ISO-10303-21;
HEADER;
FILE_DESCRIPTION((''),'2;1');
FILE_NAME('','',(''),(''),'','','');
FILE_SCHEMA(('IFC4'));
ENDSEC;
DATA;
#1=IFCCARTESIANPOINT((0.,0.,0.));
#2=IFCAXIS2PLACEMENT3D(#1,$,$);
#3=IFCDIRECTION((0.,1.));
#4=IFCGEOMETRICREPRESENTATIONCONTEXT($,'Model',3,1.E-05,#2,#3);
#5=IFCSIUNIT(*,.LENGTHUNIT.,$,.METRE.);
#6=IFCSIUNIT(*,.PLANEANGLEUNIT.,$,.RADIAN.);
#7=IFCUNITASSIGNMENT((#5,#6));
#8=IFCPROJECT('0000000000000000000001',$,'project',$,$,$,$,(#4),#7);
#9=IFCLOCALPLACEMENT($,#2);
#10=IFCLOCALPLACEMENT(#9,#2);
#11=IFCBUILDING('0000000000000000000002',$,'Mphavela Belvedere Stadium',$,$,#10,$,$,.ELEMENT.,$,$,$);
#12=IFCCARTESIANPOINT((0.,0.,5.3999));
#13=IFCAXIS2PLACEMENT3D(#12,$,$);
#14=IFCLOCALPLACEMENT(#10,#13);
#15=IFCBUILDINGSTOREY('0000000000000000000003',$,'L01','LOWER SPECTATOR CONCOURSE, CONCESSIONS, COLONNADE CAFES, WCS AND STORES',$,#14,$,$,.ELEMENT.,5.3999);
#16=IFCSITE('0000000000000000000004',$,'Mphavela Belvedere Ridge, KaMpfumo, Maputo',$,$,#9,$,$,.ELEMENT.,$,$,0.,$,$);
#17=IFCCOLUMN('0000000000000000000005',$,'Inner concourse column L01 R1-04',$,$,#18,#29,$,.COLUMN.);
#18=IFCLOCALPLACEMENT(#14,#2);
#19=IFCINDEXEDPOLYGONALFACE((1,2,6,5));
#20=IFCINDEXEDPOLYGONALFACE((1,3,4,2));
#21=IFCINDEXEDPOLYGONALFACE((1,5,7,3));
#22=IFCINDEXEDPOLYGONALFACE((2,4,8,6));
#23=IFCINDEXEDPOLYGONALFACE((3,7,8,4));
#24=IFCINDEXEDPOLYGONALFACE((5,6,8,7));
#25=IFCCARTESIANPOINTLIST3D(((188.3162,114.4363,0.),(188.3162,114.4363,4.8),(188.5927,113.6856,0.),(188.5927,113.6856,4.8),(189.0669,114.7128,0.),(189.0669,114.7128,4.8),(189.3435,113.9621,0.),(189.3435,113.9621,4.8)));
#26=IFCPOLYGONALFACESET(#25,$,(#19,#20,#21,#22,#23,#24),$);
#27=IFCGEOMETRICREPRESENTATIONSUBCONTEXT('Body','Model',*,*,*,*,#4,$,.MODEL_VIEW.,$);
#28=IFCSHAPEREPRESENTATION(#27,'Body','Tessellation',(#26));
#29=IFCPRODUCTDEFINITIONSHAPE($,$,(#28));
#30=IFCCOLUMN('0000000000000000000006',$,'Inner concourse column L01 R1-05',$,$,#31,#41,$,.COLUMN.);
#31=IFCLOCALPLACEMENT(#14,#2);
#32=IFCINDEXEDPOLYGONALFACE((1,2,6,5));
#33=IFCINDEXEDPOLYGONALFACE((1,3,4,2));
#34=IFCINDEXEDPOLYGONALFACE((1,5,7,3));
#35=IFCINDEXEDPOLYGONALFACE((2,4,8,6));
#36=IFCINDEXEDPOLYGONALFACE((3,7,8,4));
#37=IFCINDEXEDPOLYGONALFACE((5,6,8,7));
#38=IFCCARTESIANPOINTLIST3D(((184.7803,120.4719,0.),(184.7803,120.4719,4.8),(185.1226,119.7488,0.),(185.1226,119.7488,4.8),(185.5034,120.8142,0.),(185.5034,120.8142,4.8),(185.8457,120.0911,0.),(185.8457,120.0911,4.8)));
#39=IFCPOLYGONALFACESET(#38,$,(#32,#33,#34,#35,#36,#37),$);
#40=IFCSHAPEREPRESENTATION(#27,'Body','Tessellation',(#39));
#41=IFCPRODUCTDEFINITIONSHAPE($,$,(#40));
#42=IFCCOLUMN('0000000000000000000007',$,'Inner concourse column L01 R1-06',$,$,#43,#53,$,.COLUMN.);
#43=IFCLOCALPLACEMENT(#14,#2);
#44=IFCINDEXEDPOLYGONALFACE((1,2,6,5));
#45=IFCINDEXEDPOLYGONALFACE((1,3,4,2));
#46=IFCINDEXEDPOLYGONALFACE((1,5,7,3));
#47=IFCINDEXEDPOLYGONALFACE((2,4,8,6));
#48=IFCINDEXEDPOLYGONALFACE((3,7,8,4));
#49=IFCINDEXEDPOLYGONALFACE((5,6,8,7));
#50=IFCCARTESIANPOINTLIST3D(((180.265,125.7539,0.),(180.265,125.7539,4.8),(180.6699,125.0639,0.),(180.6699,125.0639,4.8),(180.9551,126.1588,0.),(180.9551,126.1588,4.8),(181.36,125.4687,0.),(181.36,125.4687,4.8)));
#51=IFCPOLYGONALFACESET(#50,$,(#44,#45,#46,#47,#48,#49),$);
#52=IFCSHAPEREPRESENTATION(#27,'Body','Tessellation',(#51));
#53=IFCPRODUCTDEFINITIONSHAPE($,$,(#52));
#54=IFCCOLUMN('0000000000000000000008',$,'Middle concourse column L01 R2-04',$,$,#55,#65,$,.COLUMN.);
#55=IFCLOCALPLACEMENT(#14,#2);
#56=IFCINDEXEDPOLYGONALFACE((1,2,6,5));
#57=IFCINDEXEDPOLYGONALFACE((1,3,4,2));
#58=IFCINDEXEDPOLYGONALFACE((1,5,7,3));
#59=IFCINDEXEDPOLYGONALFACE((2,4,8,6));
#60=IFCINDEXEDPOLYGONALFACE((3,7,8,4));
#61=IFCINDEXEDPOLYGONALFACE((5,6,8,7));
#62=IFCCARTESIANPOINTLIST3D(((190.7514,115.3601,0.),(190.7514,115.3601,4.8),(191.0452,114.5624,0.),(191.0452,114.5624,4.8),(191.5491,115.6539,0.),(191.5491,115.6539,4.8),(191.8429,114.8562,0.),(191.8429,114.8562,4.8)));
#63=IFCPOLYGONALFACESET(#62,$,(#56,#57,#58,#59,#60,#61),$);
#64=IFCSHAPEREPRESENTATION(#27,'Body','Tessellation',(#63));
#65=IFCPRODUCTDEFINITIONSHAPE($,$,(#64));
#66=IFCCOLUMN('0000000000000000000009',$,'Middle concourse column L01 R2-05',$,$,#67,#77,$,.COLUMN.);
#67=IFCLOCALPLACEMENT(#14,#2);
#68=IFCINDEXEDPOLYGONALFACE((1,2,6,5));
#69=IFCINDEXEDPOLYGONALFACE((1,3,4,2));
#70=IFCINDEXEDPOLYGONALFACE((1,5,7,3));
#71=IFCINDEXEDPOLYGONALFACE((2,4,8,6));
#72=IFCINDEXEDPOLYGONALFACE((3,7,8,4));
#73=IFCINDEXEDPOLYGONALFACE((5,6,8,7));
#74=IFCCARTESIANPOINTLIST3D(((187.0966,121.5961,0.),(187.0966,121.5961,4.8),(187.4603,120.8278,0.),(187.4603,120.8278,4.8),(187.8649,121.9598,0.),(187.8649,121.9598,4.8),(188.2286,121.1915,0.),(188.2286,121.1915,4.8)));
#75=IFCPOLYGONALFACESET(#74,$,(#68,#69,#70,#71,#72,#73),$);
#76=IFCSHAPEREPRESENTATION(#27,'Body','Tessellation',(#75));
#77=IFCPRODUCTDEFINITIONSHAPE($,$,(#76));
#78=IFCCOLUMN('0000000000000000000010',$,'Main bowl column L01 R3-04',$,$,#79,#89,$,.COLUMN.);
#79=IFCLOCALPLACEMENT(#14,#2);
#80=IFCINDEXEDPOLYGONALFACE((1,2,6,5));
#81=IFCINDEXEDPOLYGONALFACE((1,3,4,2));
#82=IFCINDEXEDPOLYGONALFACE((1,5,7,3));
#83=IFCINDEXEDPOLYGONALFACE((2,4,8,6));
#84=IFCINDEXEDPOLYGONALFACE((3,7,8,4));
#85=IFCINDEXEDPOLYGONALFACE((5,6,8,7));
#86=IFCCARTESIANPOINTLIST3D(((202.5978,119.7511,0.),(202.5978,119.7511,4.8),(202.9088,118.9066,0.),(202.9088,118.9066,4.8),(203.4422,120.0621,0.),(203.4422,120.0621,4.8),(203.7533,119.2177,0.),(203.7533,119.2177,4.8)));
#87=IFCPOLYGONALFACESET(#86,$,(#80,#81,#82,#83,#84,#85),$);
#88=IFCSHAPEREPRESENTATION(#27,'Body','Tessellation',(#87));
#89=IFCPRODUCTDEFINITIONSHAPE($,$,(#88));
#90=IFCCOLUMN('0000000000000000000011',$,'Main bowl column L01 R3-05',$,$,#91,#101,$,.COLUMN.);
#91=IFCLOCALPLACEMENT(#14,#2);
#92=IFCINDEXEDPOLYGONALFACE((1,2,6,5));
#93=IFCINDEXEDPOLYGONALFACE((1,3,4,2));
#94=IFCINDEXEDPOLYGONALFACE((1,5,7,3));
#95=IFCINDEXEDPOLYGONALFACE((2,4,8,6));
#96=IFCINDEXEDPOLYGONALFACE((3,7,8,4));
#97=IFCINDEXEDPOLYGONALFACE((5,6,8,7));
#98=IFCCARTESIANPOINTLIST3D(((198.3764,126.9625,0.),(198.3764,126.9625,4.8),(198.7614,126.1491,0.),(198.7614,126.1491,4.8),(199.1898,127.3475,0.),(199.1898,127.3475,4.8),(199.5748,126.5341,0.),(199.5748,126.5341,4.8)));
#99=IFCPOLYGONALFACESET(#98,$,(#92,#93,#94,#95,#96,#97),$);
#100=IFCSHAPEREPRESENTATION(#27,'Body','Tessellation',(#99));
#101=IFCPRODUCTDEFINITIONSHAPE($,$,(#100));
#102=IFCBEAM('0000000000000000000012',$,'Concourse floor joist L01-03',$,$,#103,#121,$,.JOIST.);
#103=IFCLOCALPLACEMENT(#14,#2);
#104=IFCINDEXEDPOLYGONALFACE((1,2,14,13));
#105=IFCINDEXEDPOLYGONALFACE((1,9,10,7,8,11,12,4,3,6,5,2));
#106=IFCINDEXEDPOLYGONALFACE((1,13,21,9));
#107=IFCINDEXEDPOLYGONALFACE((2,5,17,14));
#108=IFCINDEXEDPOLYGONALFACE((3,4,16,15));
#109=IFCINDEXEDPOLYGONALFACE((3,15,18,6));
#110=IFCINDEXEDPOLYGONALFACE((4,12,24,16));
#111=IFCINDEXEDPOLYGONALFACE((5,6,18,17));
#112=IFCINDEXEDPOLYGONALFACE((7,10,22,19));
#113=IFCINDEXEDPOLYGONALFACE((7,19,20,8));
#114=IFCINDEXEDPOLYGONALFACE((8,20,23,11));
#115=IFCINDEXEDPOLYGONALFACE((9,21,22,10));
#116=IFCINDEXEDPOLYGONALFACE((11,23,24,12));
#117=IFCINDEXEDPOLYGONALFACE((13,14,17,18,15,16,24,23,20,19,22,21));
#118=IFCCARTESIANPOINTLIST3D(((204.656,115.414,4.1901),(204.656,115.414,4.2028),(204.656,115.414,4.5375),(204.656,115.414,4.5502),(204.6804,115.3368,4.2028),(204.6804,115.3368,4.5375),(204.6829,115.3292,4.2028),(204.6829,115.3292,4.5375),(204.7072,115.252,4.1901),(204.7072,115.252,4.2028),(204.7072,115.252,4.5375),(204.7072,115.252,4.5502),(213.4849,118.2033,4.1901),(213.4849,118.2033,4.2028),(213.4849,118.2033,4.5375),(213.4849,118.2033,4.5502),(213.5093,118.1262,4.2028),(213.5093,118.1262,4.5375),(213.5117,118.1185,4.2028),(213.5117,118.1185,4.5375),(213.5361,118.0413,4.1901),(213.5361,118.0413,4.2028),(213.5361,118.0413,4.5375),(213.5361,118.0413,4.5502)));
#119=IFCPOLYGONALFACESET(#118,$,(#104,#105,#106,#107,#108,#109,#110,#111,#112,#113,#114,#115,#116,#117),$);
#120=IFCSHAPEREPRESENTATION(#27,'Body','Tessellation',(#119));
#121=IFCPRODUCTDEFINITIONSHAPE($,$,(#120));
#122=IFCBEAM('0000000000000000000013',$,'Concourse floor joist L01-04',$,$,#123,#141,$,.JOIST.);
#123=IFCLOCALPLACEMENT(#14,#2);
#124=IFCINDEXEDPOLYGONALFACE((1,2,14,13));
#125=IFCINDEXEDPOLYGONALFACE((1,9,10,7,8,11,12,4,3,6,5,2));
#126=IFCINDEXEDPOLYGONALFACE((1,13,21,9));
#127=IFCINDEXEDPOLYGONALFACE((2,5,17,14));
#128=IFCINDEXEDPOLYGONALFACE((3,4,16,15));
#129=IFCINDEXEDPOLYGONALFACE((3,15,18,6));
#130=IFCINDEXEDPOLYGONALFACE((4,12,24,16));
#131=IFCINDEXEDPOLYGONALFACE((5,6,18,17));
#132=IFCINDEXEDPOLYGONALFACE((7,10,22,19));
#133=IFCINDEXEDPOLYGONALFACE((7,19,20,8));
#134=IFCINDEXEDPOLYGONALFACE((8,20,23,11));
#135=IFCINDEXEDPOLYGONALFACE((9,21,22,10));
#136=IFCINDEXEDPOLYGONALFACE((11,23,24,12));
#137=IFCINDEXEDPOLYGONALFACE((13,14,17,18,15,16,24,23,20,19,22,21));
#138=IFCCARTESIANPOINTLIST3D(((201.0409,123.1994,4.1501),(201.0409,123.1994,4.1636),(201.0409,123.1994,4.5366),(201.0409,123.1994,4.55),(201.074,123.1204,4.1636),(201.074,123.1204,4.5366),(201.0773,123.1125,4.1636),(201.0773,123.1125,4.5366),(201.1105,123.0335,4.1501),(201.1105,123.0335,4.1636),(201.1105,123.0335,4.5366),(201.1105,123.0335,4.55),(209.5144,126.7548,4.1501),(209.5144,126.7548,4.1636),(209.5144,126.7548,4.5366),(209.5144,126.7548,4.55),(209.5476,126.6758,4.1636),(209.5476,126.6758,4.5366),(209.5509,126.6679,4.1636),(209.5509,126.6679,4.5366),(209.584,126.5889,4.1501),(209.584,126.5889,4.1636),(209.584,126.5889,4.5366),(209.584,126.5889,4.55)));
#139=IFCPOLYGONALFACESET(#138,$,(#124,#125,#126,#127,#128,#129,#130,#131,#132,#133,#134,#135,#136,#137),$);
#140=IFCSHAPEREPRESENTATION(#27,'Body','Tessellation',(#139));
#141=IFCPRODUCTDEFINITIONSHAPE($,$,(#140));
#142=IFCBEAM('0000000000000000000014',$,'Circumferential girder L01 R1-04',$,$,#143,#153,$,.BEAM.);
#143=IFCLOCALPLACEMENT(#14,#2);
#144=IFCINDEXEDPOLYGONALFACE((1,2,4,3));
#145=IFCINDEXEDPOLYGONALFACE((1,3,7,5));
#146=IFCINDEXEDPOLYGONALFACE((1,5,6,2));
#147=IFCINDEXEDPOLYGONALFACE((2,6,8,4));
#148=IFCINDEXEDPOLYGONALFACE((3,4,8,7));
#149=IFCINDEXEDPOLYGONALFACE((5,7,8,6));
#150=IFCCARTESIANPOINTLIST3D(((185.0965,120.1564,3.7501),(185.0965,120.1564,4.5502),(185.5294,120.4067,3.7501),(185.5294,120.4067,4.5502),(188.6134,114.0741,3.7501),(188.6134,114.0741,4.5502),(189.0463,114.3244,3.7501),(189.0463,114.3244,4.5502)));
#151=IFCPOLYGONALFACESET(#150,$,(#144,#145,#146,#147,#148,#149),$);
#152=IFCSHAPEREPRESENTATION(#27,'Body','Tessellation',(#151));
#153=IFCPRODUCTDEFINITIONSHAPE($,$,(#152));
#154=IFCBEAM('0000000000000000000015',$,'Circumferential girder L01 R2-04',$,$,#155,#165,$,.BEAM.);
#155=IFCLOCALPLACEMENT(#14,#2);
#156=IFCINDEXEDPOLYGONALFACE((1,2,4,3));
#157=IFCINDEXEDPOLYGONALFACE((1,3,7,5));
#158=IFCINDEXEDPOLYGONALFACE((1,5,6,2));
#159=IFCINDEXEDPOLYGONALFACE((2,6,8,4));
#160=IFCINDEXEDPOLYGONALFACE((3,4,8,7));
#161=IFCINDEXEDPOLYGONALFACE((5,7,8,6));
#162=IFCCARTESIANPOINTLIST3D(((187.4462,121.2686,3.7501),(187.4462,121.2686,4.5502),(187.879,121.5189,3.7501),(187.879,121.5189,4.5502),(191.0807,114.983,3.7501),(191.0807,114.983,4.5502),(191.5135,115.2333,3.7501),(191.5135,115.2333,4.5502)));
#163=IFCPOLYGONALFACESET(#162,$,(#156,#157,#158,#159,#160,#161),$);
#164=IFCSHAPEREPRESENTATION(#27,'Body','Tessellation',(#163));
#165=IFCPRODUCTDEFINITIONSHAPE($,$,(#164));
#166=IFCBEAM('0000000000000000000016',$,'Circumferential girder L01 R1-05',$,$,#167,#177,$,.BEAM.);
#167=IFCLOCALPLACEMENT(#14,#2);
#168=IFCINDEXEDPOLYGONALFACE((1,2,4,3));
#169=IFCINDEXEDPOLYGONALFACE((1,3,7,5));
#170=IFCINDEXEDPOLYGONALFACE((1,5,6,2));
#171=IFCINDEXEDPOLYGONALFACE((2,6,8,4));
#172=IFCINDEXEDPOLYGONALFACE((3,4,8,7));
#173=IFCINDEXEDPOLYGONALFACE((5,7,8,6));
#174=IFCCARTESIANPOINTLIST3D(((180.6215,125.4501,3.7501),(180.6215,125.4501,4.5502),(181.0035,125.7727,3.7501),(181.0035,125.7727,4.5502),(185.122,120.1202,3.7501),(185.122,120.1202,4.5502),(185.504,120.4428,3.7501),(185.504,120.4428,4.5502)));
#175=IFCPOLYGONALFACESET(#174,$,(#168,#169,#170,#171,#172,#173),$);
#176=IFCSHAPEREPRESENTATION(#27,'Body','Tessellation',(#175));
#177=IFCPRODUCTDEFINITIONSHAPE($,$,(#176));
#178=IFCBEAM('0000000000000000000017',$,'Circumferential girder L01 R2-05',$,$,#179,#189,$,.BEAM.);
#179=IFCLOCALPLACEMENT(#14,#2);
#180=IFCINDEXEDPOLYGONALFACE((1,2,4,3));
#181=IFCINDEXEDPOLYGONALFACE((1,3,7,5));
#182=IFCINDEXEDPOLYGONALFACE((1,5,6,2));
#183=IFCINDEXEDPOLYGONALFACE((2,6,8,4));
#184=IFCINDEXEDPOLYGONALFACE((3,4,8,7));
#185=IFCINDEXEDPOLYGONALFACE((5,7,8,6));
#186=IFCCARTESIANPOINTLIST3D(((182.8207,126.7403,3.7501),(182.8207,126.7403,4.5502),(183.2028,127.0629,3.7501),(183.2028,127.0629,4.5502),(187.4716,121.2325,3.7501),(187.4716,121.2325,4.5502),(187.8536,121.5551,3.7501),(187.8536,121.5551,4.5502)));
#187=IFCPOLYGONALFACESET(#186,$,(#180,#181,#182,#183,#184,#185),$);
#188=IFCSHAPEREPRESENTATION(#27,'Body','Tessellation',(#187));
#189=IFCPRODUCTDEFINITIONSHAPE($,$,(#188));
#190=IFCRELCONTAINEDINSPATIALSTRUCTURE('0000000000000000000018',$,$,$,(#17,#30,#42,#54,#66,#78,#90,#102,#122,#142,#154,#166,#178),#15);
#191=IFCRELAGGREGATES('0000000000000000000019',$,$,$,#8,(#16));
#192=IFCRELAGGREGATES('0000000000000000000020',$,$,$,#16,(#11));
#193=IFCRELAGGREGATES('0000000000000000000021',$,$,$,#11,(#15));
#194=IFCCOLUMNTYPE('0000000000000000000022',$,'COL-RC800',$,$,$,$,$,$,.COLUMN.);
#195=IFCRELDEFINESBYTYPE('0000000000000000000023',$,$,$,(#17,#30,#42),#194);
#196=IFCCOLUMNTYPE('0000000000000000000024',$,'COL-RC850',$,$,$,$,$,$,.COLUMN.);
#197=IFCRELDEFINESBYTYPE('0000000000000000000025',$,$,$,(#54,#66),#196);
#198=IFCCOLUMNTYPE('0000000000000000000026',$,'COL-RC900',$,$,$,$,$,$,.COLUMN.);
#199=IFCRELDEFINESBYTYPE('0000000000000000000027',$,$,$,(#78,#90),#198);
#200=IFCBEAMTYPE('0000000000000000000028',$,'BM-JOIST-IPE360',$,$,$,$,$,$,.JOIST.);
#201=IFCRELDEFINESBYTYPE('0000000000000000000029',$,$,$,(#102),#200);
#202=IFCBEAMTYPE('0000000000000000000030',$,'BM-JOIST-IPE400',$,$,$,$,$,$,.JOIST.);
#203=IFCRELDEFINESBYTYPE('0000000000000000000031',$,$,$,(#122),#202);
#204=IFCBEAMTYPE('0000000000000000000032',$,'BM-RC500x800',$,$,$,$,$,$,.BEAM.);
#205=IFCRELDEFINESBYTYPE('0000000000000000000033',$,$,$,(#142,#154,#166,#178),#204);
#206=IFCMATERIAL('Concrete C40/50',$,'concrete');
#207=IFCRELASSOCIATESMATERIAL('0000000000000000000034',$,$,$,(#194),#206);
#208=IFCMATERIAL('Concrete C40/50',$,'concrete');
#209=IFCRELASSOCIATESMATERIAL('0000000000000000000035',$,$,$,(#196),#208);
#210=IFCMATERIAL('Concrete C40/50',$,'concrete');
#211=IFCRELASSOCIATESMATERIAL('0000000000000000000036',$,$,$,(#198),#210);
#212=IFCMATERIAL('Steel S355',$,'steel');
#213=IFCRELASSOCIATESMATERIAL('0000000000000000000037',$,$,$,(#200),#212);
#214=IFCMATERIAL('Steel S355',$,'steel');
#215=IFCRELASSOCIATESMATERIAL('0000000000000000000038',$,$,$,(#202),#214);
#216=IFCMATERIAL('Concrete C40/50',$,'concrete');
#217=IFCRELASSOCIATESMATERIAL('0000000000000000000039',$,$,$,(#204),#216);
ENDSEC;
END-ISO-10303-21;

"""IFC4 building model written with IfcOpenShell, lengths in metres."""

from ifc_helpers import new_model, si_unit, direction, frame, origin, origin_2d, place, context, subcontext, project, spatial, rectangle, i_section, extrude, material, material_profile, profile_set, type_object, element, save


model = new_model("IFC4")

# Units and contexts
model_context = context("Model", 3, precision=1e-05, world=origin(), true_north=direction((0.0, 1.0)))
body_context = subcontext(model_context, "Body", "Model", "MODEL_VIEW")
ifc_project = project(units=[si_unit("LENGTHUNIT", "METRE"), si_unit("PLANEANGLEUNIT", "RADIAN")], contexts=[model_context])

# Site, building, storey
site_placement = place(None, origin())
site = spatial("IfcSite", under=ifc_project, at=site_placement, Name="Mphavela Belvedere Ridge, KaMpfumo, Maputo", CompositionType="ELEMENT", RefElevation=0.0)
building_placement = place(site_placement, origin())
building = spatial("IfcBuilding", under=site, at=building_placement, Name="Mphavela Belvedere Stadium", CompositionType="ELEMENT")
storey_placement = place(building_placement, frame((0.0, 0.0, 5.3999)))
storey = spatial("IfcBuildingStorey", under=building, at=storey_placement, Name="L01", Description="LOWER SPECTATOR CONCOURSE, CONCESSIONS, COLONNADE CAFES, WCS AND STORES", CompositionType="ELEMENT", Elevation=5.3999)

# Columns
ifc_material_1 = material(Name="Concrete C40/50", Category="concrete")
ifc_material_profile_1 = material_profile(ifc_material_1, rectangle(XDim=0.8, YDim=0.8, at=origin_2d()), Name="RC 800x800")
ifc_profile_set_1 = profile_set([ifc_material_profile_1], Name="Concrete C40/50")
column_type_1 = type_object("IfcColumnType", Name="COL-RC800", PredefinedType="COLUMN", material=ifc_profile_set_1)
for number, where, z_axis, x_axis, name in (
    (1, (188.8298, 114.1992, 0.0), (0.0, 0.0, 1.0), (0.938372, 0.345626, 0.0), "Inner concourse column L01 R1-04"),
    (2, (185.313, 120.2815, 0.0), (0.0, 0.0, 1.0), (0.903859, 0.427831, 0.0), "Inner concourse column L01 R1-05"),
    (3, (180.8125, 125.6113, 0.0), (0.0, 0.0, 1.0), (0.862514, 0.506034, 0.0), "Inner concourse column L01 R1-06"),
):
    element("IfcColumn", number, at=place(storey_placement, frame(where, z_axis=z_axis, x_axis=x_axis)), inside=storey, type_object=column_type_1, Name=name, PredefinedType="COLUMN", context=body_context, shape_type="SweptSolid", body=[
        extrude(rectangle(XDim=0.8, YDim=0.8, at=origin_2d()), origin(), (0.0, 0.0, 1.0), 4.8),
    ])
ifc_material_2 = material(Name="Concrete C40/50", Category="concrete")
ifc_material_profile_2 = material_profile(ifc_material_2, rectangle(XDim=0.8501, YDim=0.8501, at=origin_2d()), Name="RC 850x850")
ifc_profile_set_2 = profile_set([ifc_material_profile_2], Name="Concrete C40/50")
column_type_2 = type_object("IfcColumnType", Name="COL-RC850", PredefinedType="COLUMN", material=ifc_profile_set_2)
for number, where, z_axis, x_axis, name in (
    (4, (191.2971, 115.1082, 0.0), (0.0, 0.0, 1.0), (0.938372, 0.345626, 0.0), "Middle concourse column L01 R2-04"),
    (5, (187.6626, 121.3938, 0.0), (0.0, 0.0, 1.0), (0.903859, 0.427831, 0.0), "Middle concourse column L01 R2-05"),
):
    element("IfcColumn", number, at=place(storey_placement, frame(where, z_axis=z_axis, x_axis=x_axis)), inside=storey, type_object=column_type_2, Name=name, PredefinedType="COLUMN", context=body_context, shape_type="SweptSolid", body=[
        extrude(rectangle(XDim=0.8501, YDim=0.8501, at=origin_2d()), origin(), (0.0, 0.0, 1.0), 4.8),
    ])
ifc_material_3 = material(Name="Concrete C40/50", Category="concrete")
ifc_material_profile_3 = material_profile(ifc_material_3, rectangle(XDim=0.8999, YDim=0.8999, at=origin_2d()), Name="RC 900x900")
ifc_profile_set_3 = profile_set([ifc_material_profile_3], Name="Concrete C40/50")
column_type_3 = type_object("IfcColumnType", Name="COL-RC900", PredefinedType="COLUMN", material=ifc_profile_set_3)
for number, where, z_axis, x_axis, name in (
    (6, (203.1755, 119.4844, 0.0), (0.0, 0.0, 1.0), (0.938372, 0.345626, 0.0), "Main bowl column L01 R3-04"),
    (7, (198.9756, 126.7483, 0.0), (0.0, 0.0, 1.0), (0.903859, 0.427831, 0.0), "Main bowl column L01 R3-05"),
):
    element("IfcColumn", number, at=place(storey_placement, frame(where, z_axis=z_axis, x_axis=x_axis)), inside=storey, type_object=column_type_3, Name=name, PredefinedType="COLUMN", context=body_context, shape_type="SweptSolid", body=[
        extrude(rectangle(XDim=0.8999, YDim=0.8999, at=origin_2d()), origin(), (0.0, 0.0, 1.0), 4.8),
    ])

# Beams
ifc_material_4 = material(Name="Steel S355", Category="steel")
ifc_material_profile_4 = material_profile(ifc_material_4, i_section(OverallWidth=0.1699, OverallDepth=0.3601, WebThickness=0.0081, FlangeThickness=0.0127, at=origin_2d()), Name="IPE 360")
ifc_profile_set_4 = profile_set([ifc_material_profile_4], Name="Steel S355")
beam_type_1 = type_object("IfcBeamType", Name="BM-JOIST-IPE360", PredefinedType="JOIST", material=ifc_profile_set_4)
beam_1_placement = place(storey_placement, frame((204.6816, 115.333, 4.3701), z_axis=(0.953544, 0.301254, 0.0), x_axis=(-0.301254, 0.953544, 0.0)))
element("IfcBeam", 8, at=beam_1_placement, inside=storey, type_object=beam_type_1, Name="Concourse floor joist L01-03", PredefinedType="JOIST", context=body_context, shape_type="SweptSolid", body=[
    extrude(i_section(OverallWidth=0.1699, OverallDepth=0.3601, WebThickness=0.0081, FlangeThickness=0.0127, at=origin_2d()), origin(), (0.0, 0.0, 1.0), 9.259),
])
ifc_material_5 = material(Name="Steel S355", Category="steel")
ifc_material_profile_5 = material_profile(ifc_material_5, i_section(OverallWidth=0.1799, OverallDepth=0.3999, WebThickness=0.0085, FlangeThickness=0.0134, at=origin_2d()), Name="IPE 400")
ifc_profile_set_5 = profile_set([ifc_material_profile_5], Name="Steel S355")
beam_type_2 = type_object("IfcBeamType", Name="BM-JOIST-IPE400", PredefinedType="JOIST", material=ifc_profile_set_5)
beam_2_placement = place(storey_placement, frame((201.0757, 123.1165, 4.3501), z_axis=(0.922118, 0.386908, 0.0), x_axis=(-0.386908, 0.922118, 0.0)))
element("IfcBeam", 9, at=beam_2_placement, inside=storey, type_object=beam_type_2, Name="Concourse floor joist L01-04", PredefinedType="JOIST", context=body_context, shape_type="SweptSolid", body=[
    extrude(i_section(OverallWidth=0.1799, OverallDepth=0.3999, WebThickness=0.0085, FlangeThickness=0.0134, at=origin_2d()), origin(), (0.0, 0.0, 1.0), 9.1892),
])
ifc_material_6 = material(Name="Concrete C40/50", Category="concrete")
ifc_material_profile_6 = material_profile(ifc_material_6, rectangle(XDim=0.5, YDim=0.8, at=origin_2d()), Name="RC 500x800")
ifc_profile_set_6 = profile_set([ifc_material_profile_6], Name="Concrete C40/50")
beam_type_3 = type_object("IfcBeamType", Name="BM-RC500x800", PredefinedType="BEAM", material=ifc_profile_set_6)
beam_3_placement = place(storey_placement, frame((188.8298, 114.1992, 4.1501), z_axis=(-0.50056, 0.865702, 0.0), x_axis=(-0.865702, -0.50056, 0.0)))
element("IfcBeam", 10, at=beam_3_placement, inside=storey, type_object=beam_type_3, Name="Circumferential girder L01 R1-04", PredefinedType="BEAM", context=body_context, shape_type="SweptSolid", body=[
    extrude(rectangle(XDim=0.5, YDim=0.8, at=origin_2d()), origin(), (0.0, 0.0, 1.0), 7.0259),
])
beam_4_placement = place(storey_placement, frame((191.2971, 115.1082, 4.1501), z_axis=(-0.500568, 0.865697, 0.0), x_axis=(-0.865697, -0.500568, 0.0)))
element("IfcBeam", 11, at=beam_4_placement, inside=storey, type_object=beam_type_3, Name="Circumferential girder L01 R2-04", PredefinedType="BEAM", context=body_context, shape_type="SweptSolid", body=[
    extrude(rectangle(XDim=0.5, YDim=0.8, at=origin_2d()), origin(), (0.0, 0.0, 1.0), 7.2607),
])
beam_5_placement = place(storey_placement, frame((185.313, 120.2815, 4.1501), z_axis=(-0.645159, 0.764048, 0.0), x_axis=(-0.764048, -0.645159, 0.0)))
element("IfcBeam", 12, at=beam_5_placement, inside=storey, type_object=beam_type_3, Name="Circumferential girder L01 R1-05", PredefinedType="BEAM", context=body_context, shape_type="SweptSolid", body=[
    extrude(rectangle(XDim=0.5, YDim=0.8, at=origin_2d()), origin(), (0.0, 0.0, 1.0), 6.9758),
])
beam_6_placement = place(storey_placement, frame((187.6626, 121.3938, 4.1501), z_axis=(-0.645168, 0.764041, 0.0), x_axis=(-0.764041, -0.645168, 0.0)))
element("IfcBeam", 13, at=beam_6_placement, inside=storey, type_object=beam_type_3, Name="Circumferential girder L01 R2-05", PredefinedType="BEAM", context=body_context, shape_type="SweptSolid", body=[
    extrude(rectangle(XDim=0.5, YDim=0.8, at=origin_2d()), origin(), (0.0, 0.0, 1.0), 7.2087),
])

save(model, "model.ifc")
